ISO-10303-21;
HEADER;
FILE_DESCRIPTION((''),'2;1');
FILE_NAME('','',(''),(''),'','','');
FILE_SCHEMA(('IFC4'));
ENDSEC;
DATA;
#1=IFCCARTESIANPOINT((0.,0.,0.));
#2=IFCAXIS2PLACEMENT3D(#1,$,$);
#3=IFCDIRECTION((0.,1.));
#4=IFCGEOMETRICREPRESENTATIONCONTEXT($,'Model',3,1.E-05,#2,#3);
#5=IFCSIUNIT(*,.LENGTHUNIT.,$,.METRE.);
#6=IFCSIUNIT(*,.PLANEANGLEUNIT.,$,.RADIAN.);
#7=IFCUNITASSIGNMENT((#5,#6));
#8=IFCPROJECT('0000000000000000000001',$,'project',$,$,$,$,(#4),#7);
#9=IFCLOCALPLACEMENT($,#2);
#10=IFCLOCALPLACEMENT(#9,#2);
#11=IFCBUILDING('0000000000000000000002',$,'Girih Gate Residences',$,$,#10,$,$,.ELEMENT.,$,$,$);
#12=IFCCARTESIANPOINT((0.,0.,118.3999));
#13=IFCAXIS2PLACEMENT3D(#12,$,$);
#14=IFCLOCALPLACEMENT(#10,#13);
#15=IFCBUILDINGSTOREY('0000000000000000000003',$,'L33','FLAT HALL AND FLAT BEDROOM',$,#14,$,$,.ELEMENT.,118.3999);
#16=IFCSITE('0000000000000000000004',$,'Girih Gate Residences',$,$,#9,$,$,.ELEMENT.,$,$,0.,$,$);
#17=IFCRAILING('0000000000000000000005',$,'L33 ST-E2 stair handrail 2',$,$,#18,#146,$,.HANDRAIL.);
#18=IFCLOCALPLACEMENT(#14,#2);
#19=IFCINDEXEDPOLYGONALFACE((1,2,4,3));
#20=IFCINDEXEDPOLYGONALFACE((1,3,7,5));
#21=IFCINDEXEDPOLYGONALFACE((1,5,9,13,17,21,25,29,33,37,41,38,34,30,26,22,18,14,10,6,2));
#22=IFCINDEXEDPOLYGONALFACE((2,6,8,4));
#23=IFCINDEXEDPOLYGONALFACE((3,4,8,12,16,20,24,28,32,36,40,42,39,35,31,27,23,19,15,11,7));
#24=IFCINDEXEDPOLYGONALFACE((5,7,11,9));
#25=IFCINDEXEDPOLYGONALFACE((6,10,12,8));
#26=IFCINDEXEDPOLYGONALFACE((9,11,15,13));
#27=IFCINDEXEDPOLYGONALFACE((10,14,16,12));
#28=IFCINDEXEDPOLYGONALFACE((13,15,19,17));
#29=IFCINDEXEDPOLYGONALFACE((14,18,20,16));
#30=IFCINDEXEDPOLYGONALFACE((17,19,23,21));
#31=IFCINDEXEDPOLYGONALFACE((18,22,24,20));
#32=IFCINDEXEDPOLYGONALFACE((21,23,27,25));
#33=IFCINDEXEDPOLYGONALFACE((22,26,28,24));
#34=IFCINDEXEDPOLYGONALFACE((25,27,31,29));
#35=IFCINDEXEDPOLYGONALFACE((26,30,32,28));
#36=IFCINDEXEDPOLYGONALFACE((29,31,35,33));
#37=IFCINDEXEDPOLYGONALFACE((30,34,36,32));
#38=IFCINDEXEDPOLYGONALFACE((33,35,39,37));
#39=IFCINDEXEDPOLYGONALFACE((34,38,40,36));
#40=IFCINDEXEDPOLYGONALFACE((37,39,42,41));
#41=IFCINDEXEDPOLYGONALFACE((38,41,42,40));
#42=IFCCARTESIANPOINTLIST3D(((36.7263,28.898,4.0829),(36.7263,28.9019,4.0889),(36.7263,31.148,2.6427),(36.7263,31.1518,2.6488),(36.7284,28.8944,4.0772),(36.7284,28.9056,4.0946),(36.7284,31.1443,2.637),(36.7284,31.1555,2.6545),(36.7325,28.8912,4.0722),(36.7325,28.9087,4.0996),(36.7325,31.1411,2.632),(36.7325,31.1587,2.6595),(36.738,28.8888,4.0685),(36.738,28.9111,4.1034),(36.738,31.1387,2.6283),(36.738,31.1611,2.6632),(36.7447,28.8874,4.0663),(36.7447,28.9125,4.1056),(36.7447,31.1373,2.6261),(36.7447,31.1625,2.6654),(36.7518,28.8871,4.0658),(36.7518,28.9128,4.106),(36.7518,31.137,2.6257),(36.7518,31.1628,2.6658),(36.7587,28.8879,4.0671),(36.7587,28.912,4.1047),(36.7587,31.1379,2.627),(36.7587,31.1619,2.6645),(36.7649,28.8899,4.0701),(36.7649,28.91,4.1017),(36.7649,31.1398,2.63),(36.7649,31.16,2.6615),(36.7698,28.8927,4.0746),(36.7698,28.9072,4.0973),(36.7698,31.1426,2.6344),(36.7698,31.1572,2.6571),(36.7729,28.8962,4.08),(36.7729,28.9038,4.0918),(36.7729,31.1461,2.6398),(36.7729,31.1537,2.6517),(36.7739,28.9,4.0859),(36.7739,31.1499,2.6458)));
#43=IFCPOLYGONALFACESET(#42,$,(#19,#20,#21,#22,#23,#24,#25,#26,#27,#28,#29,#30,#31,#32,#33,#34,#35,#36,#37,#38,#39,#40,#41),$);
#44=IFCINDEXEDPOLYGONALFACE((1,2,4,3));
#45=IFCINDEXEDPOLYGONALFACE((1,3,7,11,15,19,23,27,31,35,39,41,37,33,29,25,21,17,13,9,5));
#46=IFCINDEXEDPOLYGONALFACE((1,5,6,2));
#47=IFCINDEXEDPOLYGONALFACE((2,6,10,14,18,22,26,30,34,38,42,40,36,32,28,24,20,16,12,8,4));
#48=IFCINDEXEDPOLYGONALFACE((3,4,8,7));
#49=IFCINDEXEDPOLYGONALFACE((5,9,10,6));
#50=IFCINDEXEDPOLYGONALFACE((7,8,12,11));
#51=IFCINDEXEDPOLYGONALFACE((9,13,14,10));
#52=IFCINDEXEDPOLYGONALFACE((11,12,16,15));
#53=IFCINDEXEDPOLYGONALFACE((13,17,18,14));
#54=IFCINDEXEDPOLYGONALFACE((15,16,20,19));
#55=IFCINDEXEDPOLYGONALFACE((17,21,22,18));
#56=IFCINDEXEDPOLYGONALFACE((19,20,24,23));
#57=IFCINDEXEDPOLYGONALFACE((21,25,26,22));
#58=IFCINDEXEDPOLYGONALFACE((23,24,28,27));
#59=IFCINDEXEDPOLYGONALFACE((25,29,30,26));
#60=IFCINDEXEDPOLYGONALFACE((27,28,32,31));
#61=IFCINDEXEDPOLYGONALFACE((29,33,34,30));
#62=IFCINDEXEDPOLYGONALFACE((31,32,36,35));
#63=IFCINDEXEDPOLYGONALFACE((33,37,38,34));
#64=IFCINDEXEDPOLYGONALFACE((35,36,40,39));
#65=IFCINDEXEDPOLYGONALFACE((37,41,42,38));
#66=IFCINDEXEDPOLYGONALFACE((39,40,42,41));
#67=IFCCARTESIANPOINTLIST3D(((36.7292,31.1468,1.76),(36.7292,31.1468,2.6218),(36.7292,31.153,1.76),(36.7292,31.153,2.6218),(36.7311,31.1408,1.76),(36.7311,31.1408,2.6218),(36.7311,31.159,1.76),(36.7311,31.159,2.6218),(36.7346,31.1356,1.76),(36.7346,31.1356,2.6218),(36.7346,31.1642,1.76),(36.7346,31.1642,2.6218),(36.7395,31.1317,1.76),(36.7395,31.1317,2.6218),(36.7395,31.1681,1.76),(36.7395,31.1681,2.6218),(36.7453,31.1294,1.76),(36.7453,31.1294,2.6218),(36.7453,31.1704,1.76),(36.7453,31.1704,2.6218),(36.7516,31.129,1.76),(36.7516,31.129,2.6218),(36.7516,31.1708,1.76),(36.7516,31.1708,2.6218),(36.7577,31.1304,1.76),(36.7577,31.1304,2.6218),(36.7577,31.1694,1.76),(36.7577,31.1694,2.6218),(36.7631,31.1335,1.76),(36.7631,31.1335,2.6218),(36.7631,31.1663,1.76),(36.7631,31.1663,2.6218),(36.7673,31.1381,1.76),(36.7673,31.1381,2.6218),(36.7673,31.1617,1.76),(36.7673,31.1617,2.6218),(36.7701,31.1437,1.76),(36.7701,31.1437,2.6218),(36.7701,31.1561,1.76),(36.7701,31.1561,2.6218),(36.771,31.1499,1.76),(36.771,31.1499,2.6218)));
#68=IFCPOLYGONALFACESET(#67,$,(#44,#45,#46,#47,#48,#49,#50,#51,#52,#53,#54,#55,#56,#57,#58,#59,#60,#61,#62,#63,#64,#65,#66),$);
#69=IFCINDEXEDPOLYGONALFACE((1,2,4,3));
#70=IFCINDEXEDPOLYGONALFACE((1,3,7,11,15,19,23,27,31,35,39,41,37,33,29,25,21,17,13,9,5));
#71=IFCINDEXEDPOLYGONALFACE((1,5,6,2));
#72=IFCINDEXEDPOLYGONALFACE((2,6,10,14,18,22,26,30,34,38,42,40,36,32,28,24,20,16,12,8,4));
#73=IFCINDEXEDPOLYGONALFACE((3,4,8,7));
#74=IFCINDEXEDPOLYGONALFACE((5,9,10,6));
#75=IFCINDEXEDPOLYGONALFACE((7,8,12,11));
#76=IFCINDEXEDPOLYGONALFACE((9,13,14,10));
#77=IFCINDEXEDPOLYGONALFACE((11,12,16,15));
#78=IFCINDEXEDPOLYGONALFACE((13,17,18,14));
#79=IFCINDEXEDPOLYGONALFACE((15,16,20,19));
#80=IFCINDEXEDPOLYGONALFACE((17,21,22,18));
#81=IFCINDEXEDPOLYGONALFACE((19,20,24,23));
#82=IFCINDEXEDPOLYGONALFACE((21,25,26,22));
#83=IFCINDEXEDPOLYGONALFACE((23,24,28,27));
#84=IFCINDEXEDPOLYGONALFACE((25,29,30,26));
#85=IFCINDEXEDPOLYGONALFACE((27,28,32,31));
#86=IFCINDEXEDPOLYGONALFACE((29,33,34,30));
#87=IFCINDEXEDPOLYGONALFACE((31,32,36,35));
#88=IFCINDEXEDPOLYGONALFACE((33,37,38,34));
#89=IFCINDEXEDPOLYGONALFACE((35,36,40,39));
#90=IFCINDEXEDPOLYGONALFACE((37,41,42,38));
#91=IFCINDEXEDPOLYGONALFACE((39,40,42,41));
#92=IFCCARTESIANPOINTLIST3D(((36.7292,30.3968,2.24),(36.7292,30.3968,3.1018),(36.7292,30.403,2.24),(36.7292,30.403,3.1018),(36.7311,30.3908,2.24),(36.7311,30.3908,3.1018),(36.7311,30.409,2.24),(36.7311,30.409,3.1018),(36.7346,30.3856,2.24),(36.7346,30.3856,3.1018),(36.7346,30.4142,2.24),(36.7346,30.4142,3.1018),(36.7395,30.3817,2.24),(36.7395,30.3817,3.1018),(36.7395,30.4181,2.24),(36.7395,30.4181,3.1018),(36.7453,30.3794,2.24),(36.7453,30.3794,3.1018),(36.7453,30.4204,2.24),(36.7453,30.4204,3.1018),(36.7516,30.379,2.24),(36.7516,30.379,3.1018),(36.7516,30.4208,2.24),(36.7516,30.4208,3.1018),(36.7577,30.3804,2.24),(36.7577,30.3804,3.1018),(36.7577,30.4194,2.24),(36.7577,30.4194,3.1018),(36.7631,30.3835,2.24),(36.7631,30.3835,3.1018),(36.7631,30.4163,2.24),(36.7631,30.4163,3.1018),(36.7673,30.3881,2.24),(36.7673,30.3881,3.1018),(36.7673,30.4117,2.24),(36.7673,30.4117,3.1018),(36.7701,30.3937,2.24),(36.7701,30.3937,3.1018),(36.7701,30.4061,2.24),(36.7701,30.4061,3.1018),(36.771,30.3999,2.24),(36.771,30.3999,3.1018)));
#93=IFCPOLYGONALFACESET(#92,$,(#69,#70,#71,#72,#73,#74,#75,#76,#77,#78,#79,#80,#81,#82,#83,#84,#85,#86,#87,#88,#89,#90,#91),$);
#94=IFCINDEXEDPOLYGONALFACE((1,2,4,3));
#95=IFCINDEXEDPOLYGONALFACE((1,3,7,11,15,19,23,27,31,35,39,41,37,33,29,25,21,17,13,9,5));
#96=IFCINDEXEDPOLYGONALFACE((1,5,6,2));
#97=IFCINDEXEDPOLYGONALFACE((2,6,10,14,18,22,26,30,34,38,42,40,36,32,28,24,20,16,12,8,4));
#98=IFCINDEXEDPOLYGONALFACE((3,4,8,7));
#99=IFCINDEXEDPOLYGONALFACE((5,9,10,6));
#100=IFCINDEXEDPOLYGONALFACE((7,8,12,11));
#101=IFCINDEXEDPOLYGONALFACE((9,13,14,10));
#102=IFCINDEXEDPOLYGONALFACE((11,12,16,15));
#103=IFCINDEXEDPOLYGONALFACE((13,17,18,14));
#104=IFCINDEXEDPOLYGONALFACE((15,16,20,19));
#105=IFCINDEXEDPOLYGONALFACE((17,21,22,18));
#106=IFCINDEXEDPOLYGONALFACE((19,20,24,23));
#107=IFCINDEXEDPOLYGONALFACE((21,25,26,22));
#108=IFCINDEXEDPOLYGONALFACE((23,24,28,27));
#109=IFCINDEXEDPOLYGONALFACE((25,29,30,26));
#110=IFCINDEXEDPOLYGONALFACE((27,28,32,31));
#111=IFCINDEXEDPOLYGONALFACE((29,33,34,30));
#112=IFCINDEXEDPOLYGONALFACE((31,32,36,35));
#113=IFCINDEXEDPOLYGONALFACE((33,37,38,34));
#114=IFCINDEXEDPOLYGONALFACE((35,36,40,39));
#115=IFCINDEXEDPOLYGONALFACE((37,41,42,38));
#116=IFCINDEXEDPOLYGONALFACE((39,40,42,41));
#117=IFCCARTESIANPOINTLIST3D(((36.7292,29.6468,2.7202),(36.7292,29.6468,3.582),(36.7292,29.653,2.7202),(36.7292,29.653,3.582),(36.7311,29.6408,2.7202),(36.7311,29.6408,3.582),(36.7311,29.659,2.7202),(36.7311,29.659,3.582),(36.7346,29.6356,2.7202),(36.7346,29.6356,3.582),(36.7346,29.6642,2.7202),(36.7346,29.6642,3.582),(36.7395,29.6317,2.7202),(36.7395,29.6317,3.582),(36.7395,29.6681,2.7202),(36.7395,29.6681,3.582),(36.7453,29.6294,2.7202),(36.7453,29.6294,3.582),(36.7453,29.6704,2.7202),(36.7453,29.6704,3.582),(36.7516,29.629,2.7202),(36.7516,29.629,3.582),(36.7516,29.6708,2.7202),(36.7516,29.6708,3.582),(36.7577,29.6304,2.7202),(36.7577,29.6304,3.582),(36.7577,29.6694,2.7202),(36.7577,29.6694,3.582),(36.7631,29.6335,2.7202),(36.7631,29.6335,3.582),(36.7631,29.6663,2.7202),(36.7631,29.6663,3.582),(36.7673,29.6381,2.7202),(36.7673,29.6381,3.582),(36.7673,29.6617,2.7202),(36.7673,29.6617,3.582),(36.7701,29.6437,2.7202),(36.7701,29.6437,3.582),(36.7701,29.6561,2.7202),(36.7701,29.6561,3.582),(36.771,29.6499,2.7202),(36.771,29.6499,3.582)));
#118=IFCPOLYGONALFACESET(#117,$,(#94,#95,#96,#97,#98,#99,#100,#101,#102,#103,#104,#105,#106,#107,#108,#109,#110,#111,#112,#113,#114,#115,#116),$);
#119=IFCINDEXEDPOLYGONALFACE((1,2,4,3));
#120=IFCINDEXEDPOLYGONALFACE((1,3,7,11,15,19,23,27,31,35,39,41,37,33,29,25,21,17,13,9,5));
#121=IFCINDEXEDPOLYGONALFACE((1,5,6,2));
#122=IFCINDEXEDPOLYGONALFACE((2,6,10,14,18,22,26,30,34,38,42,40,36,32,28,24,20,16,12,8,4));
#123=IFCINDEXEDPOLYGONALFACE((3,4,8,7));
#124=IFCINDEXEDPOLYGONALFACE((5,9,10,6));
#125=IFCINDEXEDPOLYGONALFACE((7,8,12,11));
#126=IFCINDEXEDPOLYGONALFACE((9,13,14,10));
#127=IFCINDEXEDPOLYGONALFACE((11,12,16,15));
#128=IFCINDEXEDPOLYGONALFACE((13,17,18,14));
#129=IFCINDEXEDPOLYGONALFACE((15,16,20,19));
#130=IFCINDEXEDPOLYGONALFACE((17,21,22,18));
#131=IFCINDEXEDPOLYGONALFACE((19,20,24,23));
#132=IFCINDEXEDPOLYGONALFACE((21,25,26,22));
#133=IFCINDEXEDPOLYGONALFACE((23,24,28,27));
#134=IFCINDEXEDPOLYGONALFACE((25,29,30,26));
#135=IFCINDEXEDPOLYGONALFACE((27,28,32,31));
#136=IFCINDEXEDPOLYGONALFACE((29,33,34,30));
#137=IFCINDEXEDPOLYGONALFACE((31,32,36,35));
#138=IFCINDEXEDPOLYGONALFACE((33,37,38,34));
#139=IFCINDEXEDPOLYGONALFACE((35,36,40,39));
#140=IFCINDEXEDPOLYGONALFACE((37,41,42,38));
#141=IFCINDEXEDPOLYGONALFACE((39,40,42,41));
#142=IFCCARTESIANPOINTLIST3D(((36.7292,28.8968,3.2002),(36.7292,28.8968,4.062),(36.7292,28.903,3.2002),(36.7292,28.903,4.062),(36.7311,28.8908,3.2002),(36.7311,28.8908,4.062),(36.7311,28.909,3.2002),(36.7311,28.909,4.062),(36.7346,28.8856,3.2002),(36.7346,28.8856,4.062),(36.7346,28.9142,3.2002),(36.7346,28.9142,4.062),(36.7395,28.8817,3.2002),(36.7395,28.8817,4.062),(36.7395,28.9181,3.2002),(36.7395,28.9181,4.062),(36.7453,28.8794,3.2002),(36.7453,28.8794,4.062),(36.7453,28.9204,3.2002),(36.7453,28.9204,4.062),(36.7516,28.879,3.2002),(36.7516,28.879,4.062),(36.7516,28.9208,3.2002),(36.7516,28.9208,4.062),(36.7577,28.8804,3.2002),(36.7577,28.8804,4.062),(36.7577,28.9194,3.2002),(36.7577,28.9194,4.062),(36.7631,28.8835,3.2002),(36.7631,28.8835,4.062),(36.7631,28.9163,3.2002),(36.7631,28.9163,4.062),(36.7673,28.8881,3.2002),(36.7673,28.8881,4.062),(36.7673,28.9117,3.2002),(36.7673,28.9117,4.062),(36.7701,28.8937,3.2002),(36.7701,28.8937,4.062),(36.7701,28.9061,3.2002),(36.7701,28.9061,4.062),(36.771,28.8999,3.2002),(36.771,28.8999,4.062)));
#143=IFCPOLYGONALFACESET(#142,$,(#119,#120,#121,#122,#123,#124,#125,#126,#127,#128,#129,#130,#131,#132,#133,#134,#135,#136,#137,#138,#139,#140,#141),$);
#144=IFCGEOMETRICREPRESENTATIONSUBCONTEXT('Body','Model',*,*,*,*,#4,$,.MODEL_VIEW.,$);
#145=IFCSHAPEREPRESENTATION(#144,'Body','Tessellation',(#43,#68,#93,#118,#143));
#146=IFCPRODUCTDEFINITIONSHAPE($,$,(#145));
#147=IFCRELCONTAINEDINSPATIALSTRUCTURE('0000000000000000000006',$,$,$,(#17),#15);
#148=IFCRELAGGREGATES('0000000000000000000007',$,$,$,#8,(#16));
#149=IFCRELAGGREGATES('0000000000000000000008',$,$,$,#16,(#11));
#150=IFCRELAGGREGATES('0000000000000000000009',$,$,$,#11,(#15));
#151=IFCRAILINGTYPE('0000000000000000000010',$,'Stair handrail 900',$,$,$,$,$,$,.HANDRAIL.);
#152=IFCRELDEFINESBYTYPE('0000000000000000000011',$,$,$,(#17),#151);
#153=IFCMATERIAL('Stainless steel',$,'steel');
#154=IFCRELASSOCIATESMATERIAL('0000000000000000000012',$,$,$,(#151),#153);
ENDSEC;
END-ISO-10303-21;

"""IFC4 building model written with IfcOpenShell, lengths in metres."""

from ifc_helpers import new_model, si_unit, direction, frame, origin, origin_2d, place, context, subcontext, project, spatial, circle, extrude, material, type_object, element, save


model = new_model("IFC4")

# Units and contexts
model_context = context("Model", 3, precision=1e-05, world=origin(), true_north=direction((0.0, 1.0)))
body_context = subcontext(model_context, "Body", "Model", "MODEL_VIEW")
ifc_project = project(units=[si_unit("LENGTHUNIT", "METRE"), si_unit("PLANEANGLEUNIT", "RADIAN")], contexts=[model_context])

# Site, building, storey
site_placement = place(None, origin())
site = spatial("IfcSite", under=ifc_project, at=site_placement, Name="Girih Gate Residences", CompositionType="ELEMENT", RefElevation=0.0)
building_placement = place(site_placement, origin())
building = spatial("IfcBuilding", under=site, at=building_placement, Name="Girih Gate Residences", CompositionType="ELEMENT")
storey_placement = place(building_placement, frame((0.0, 0.0, 118.3999)))
storey = spatial("IfcBuildingStorey", under=building, at=storey_placement, Name="L33", Description="FLAT HALL AND FLAT BEDROOM", CompositionType="ELEMENT", Elevation=118.3999)

# Railing
ifc_material_1 = material(Name="Stainless steel", Category="steel")
railing_type_1 = type_object("IfcRailingType", Name="Stair handrail 900", PredefinedType="HANDRAIL", material=ifc_material_1)
railing_1_placement = place(storey_placement, frame((36.75, 31.1499, 1.76)))
element("IfcRailing", 1, at=railing_1_placement, inside=storey, type_object=railing_type_1, Name="L33 ST-E2 stair handrail 2", PredefinedType="HANDRAIL", context=body_context, shape_type="SweptSolid", body=[
    extrude(circle(Radius=0.0239, at=origin_2d()), frame((0.0, 0.0, 0.8857), z_axis=(0.0, -0.84224, 0.539103), x_axis=(1.0, 0.0, 0.0)), (0.0, 0.0, 1.0), 2.6714),
    extrude(circle(Radius=0.021, at=origin_2d()), origin(), (0.0, 0.0, 1.0), 0.8618),
    extrude(circle(Radius=0.021, at=origin_2d()), frame((0.0, -0.75, 0.48)), (0.0, 0.0, 1.0), 0.8618),
    extrude(circle(Radius=0.021, at=origin_2d()), frame((0.0, -1.5, 0.9602)), (0.0, 0.0, 1.0), 0.8618),
    extrude(circle(Radius=0.021, at=origin_2d()), frame((0.0, -2.25, 1.4402)), (0.0, 0.0, 1.0), 0.8618),
])

save(model, "model.ifc")
